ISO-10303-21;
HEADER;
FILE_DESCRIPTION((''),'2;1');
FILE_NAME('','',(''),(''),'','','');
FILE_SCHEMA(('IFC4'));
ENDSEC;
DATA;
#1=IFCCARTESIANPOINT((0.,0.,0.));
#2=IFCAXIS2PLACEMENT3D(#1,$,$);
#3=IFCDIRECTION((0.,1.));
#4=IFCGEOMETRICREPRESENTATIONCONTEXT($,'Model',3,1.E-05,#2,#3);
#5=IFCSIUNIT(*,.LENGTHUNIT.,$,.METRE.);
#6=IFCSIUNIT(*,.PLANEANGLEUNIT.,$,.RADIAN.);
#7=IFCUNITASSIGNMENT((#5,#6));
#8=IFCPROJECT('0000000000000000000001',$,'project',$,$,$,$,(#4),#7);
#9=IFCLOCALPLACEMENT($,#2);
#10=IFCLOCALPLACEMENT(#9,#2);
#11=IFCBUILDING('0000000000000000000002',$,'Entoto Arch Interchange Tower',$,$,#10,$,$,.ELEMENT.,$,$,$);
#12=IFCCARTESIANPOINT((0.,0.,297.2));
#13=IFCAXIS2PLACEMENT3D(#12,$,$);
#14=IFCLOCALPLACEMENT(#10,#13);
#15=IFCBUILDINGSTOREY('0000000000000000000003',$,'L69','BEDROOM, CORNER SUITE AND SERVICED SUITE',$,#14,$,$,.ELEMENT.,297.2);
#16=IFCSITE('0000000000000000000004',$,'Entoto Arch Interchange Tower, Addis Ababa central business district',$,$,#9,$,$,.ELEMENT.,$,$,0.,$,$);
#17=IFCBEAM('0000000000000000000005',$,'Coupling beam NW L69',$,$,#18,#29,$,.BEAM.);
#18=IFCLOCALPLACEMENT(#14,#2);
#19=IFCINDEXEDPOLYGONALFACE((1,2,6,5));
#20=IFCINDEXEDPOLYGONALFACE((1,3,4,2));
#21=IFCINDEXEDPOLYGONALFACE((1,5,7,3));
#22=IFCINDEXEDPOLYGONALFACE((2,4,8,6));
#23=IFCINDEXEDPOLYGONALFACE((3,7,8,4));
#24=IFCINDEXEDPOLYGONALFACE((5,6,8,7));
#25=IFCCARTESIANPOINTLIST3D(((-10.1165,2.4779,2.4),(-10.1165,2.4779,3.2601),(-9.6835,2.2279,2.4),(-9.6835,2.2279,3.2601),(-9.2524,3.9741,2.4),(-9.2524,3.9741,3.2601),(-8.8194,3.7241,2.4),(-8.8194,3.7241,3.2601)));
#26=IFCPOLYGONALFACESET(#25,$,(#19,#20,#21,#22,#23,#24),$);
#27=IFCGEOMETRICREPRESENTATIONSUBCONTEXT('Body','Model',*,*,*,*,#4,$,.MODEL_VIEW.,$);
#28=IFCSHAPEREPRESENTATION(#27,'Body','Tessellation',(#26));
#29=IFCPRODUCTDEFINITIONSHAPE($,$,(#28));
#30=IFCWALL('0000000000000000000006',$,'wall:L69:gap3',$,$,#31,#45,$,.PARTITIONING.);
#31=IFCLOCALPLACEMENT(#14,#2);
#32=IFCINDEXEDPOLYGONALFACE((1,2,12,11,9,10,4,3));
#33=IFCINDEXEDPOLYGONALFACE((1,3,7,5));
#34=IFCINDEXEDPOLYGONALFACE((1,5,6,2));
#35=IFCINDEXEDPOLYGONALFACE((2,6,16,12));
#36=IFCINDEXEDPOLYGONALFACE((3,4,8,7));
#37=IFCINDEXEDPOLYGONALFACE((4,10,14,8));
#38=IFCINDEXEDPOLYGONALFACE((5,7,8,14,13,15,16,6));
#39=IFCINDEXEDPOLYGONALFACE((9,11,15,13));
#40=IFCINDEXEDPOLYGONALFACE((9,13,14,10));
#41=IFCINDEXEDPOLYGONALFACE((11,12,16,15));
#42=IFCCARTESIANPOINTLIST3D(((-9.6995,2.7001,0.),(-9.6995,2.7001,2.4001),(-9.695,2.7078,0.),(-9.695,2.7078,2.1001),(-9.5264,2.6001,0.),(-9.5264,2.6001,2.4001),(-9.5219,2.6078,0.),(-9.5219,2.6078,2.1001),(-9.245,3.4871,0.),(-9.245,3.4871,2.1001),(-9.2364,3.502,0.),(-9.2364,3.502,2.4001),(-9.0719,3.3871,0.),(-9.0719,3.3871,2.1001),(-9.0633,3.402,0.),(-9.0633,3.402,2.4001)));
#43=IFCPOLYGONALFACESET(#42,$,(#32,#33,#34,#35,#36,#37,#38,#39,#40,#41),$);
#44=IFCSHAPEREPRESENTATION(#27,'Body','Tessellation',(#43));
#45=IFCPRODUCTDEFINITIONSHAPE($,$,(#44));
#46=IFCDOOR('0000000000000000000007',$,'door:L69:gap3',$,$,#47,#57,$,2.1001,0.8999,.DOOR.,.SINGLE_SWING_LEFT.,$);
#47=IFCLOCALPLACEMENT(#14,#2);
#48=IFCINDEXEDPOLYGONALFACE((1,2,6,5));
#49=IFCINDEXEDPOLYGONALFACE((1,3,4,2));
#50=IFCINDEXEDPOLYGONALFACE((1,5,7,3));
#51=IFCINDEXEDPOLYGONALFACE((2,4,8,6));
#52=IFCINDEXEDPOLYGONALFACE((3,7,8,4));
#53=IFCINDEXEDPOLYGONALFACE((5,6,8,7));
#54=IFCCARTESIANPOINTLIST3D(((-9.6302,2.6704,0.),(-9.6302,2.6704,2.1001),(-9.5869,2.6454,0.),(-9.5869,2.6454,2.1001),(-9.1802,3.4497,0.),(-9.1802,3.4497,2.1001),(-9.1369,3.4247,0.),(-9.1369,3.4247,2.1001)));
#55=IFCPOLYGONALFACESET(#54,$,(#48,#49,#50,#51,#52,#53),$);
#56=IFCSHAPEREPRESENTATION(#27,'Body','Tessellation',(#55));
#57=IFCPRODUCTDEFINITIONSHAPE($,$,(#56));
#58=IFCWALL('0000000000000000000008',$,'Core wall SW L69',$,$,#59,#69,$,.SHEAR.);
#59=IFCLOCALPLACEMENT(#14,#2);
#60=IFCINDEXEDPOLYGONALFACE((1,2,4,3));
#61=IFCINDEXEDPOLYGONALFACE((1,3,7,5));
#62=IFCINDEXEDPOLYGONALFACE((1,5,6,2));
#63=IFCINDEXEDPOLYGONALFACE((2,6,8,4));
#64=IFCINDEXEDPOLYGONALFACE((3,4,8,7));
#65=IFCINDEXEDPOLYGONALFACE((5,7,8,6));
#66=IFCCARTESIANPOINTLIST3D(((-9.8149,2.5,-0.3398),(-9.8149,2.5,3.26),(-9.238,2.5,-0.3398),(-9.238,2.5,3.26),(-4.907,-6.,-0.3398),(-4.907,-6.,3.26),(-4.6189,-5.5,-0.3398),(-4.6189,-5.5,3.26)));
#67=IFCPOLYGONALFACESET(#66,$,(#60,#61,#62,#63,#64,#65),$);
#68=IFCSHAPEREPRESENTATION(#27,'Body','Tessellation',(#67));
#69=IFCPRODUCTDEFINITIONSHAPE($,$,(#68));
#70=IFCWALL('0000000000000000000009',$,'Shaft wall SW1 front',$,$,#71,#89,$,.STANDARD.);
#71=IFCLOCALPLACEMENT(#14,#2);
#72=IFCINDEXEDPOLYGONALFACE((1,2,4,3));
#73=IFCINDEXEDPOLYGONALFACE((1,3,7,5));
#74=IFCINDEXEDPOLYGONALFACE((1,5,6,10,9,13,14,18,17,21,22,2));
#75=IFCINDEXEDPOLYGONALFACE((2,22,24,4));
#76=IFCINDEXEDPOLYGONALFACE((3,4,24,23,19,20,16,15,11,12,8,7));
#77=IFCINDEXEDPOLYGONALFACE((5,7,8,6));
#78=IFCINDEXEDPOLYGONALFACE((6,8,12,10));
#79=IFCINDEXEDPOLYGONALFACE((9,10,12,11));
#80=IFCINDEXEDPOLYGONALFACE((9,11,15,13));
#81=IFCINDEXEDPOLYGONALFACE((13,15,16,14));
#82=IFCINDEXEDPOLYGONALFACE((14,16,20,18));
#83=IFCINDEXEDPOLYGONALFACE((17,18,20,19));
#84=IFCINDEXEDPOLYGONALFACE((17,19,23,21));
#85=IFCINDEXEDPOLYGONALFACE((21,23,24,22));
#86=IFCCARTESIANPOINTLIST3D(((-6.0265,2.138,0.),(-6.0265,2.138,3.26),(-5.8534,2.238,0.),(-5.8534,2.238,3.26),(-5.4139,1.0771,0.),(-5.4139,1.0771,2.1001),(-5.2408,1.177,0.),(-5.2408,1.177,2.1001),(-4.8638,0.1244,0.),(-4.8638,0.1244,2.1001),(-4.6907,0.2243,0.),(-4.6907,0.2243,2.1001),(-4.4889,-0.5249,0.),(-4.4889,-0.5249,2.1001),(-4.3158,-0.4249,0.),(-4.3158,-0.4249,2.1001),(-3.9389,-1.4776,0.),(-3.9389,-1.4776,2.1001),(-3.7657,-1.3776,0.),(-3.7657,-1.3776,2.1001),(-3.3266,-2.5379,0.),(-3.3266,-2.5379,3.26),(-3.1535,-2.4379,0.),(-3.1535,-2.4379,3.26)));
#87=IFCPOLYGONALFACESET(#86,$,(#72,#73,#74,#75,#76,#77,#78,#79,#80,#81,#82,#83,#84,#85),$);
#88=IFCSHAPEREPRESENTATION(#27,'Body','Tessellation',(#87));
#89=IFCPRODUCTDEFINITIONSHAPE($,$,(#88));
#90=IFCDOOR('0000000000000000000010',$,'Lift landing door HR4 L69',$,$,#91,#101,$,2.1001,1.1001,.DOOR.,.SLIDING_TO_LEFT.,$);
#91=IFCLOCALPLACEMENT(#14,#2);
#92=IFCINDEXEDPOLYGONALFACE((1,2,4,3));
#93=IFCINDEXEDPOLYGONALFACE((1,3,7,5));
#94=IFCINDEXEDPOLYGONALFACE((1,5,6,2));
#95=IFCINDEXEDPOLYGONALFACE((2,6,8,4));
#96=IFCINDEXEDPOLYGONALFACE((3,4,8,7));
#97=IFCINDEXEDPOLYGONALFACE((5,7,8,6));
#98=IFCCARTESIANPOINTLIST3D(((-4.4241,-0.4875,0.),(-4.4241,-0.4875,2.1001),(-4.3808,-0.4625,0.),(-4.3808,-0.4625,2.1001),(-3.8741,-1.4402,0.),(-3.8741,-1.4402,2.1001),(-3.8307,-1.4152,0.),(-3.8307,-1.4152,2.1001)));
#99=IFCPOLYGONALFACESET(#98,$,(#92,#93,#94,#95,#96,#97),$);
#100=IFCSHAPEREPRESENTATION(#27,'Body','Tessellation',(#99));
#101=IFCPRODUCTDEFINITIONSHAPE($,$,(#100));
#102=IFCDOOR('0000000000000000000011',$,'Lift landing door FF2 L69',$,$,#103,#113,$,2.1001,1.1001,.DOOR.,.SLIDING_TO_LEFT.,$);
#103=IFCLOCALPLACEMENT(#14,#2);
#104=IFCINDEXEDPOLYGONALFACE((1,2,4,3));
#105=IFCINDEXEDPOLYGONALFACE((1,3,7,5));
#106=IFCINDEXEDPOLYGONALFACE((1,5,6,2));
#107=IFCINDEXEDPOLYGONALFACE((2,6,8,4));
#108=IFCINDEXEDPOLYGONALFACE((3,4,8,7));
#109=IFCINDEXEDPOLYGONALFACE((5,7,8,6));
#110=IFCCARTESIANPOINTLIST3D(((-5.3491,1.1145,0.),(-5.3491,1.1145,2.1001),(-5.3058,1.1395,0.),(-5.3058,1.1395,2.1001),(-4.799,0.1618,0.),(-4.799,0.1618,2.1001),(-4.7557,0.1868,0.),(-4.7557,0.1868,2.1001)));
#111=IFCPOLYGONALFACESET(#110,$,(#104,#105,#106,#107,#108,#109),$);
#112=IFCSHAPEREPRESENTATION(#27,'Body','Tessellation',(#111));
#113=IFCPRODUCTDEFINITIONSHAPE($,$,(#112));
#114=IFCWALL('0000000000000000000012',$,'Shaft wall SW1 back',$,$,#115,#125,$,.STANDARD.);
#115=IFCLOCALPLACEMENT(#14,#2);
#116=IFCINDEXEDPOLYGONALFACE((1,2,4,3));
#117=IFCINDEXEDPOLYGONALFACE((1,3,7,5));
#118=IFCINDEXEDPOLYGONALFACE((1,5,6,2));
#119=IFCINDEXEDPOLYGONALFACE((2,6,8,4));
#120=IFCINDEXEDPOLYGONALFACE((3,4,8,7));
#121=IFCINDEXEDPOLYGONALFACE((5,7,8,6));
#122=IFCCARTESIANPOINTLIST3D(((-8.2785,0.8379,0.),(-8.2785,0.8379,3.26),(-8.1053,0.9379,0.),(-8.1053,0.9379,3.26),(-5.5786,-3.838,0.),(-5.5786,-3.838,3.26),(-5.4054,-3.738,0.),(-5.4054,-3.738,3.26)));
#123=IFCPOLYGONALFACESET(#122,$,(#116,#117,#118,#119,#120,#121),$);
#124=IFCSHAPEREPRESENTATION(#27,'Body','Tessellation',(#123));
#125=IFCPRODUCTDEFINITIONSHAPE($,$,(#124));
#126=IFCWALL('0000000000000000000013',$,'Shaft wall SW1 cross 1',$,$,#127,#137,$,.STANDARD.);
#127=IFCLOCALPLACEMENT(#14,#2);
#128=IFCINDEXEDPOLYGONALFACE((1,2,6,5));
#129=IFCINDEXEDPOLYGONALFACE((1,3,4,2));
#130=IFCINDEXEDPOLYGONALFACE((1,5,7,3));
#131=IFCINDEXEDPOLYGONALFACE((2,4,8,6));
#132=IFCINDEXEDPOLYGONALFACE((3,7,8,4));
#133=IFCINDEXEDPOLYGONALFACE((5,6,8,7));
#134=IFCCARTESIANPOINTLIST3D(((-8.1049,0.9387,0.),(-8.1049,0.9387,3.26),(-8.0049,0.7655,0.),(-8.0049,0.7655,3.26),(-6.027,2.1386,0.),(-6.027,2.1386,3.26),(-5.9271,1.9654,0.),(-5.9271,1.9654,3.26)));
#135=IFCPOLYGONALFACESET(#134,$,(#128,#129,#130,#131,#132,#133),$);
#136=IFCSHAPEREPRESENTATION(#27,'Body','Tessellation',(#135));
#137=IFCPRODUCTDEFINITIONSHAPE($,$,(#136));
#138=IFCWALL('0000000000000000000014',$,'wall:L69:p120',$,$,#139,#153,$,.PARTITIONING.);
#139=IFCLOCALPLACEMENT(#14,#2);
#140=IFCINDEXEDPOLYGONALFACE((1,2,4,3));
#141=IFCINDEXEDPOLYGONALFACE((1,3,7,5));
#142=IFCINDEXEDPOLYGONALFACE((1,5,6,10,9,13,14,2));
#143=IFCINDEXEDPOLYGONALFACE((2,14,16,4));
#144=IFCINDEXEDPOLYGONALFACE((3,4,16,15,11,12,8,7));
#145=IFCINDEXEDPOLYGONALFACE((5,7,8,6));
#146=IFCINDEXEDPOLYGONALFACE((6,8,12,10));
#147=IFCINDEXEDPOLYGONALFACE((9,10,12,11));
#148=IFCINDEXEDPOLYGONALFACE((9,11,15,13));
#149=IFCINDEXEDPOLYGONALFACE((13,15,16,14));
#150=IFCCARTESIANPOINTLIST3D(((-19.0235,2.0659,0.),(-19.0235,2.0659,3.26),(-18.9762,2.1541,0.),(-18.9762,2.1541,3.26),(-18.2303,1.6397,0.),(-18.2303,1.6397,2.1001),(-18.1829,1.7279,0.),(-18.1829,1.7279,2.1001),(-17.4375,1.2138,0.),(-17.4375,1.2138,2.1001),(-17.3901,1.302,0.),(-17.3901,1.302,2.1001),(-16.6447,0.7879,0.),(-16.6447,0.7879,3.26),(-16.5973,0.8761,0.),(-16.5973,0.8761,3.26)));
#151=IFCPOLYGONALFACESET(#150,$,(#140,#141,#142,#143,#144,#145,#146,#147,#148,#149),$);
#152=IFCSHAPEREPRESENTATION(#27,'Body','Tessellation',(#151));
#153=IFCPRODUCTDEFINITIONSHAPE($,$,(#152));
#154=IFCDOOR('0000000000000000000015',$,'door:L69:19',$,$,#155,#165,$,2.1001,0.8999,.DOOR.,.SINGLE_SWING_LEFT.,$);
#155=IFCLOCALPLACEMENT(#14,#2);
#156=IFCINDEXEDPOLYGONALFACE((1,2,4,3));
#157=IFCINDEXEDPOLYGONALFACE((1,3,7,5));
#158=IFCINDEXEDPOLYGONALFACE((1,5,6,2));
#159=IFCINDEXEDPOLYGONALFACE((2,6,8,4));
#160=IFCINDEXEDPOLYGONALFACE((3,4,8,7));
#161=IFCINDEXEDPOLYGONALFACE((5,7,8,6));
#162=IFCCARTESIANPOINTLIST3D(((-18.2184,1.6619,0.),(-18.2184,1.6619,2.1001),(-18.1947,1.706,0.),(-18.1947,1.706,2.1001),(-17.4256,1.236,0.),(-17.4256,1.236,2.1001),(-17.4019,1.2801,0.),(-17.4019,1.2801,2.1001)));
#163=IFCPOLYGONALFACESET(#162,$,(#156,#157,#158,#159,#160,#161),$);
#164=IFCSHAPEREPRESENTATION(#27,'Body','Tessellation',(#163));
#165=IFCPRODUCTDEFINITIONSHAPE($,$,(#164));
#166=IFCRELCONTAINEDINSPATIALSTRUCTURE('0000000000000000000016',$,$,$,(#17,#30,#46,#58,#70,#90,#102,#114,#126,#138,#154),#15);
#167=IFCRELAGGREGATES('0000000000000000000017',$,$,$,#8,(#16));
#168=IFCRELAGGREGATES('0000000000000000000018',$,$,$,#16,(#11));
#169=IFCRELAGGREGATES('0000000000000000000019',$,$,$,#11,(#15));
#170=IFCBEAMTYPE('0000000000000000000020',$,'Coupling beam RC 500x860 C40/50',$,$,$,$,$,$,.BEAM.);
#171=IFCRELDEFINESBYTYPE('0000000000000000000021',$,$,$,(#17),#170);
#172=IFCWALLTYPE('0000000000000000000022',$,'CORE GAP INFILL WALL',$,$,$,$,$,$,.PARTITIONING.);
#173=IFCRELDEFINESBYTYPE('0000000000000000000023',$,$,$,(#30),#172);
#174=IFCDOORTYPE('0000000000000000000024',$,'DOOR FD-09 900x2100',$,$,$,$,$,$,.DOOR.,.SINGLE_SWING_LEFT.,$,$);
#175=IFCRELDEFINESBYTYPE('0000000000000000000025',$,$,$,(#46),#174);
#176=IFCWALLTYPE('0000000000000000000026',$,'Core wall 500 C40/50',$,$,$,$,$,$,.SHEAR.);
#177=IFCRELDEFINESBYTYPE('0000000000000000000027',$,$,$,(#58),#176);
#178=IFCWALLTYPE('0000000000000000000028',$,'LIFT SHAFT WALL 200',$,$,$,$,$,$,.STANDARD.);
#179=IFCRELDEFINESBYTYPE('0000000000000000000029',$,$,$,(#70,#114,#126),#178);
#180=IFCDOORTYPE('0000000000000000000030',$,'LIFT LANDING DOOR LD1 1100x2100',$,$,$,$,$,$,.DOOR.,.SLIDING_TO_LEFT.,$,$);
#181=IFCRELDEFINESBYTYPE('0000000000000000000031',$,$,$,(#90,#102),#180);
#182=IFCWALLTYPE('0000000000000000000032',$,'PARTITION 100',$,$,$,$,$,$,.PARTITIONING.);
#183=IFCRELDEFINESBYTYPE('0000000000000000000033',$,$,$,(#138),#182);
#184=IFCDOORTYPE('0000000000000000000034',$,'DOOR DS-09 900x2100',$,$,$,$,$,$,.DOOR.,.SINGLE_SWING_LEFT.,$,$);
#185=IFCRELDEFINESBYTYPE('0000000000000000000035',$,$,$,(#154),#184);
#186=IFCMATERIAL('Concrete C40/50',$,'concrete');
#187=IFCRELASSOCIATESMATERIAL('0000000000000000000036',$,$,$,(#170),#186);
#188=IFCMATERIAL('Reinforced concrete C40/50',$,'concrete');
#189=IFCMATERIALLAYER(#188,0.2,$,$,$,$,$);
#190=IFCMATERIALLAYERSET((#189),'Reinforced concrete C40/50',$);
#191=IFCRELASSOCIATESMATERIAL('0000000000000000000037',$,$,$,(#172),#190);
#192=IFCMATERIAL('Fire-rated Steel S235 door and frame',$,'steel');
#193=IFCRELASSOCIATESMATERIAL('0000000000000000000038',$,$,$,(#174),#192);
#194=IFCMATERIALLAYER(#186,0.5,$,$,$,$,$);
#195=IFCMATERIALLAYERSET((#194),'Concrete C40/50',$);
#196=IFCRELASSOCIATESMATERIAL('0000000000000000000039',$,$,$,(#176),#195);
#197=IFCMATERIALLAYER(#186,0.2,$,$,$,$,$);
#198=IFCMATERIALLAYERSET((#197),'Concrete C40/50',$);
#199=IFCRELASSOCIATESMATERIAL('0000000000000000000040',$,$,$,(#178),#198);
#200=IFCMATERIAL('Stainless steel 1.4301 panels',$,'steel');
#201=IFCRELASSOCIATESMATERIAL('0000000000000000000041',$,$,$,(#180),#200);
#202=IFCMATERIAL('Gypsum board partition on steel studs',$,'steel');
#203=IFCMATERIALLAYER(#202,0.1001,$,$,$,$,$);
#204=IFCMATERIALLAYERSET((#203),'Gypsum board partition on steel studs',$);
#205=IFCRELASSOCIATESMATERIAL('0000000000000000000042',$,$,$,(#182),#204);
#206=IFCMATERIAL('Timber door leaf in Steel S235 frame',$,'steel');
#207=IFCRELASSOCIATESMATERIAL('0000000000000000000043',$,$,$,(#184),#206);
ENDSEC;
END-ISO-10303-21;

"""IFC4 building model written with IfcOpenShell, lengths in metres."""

from ifc_helpers import new_model, si_unit, direction, frame, frame_2d, origin, origin_2d, place, context, subcontext, project, spatial, polyline, rectangle, outline, extrude, material, layer, layer_set, material_profile, profile_set, type_object, element, fill, save


model = new_model("IFC4")

# Units and contexts
model_context = context("Model", 3, precision=1e-05, world=origin(), true_north=direction((0.0, 1.0)))
body_context = subcontext(model_context, "Body", "Model", "MODEL_VIEW")
ifc_project = project(units=[si_unit("LENGTHUNIT", "METRE"), si_unit("PLANEANGLEUNIT", "RADIAN")], contexts=[model_context])

# Site, building, storey
site_placement = place(None, origin())
site = spatial("IfcSite", under=ifc_project, at=site_placement, Name="Entoto Arch Interchange Tower, Addis Ababa central business district", CompositionType="ELEMENT", RefElevation=0.0)
building_placement = place(site_placement, origin())
building = spatial("IfcBuilding", under=site, at=building_placement, Name="Entoto Arch Interchange Tower", CompositionType="ELEMENT")
storey_placement = place(building_placement, frame((0.0, 0.0, 297.2)))
storey = spatial("IfcBuildingStorey", under=building, at=storey_placement, Name="L69", Description="BEDROOM, CORNER SUITE AND SERVICED SUITE", CompositionType="ELEMENT", Elevation=297.2)

# Beam
ifc_material_1 = material(Name="Concrete C40/50", Category="concrete")
ifc_material_profile = material_profile(ifc_material_1, rectangle(XDim=0.5, YDim=0.8601, at=origin_2d()))
ifc_profile_set = profile_set([ifc_material_profile], Name="Concrete C40/50")
beam_type = type_object("IfcBeamType", Name="Coupling beam RC 500x860 C40/50", PredefinedType="BEAM", material=ifc_profile_set)
beam_placement = place(storey_placement, frame((-9.0359, 3.8491, 2.8301), z_axis=(-0.500106, -0.865964, 0.0), x_axis=(0.865964, -0.500106, 0.0)))
element("IfcBeam", 1, at=beam_placement, inside=storey, type_object=beam_type, Name="Coupling beam NW L69", PredefinedType="BEAM", context=body_context, shape_type="SweptSolid", body=[
    extrude(rectangle(XDim=0.5, YDim=0.8601, at=origin_2d()), origin(), (0.0, 0.0, 1.0), 1.7278),
])

# Wall, opening, door
ifc_material_2 = material(Name="Reinforced concrete C40/50", Category="concrete")
ifc_layer_1 = layer(ifc_material_2, 0.2)
ifc_layer_set_1 = layer_set([ifc_layer_1], Name="Reinforced concrete C40/50")
wall_type_1 = type_object("IfcWallType", Name="CORE GAP INFILL WALL", PredefinedType="PARTITIONING", material=ifc_layer_set_1)
wall_1_placement = place(storey_placement, frame((-9.1499, 3.4519, 0.0), z_axis=(0.0, 0.0, 1.0), x_axis=(-0.50008, -0.865979, 0.0)))
wall_1 = element("IfcWall", 2, at=wall_1_placement, inside=storey, type_object=wall_type_1, Name="wall:L69:gap3", PredefinedType="PARTITIONING", context=body_context, shape_type="SweptSolid", body=[
    extrude(rectangle(XDim=0.926, YDim=0.2, at=frame_2d((0.4629, 0.0))), origin(), (0.0, 0.0, 1.0), 2.4001),
])
opening_1_placement = place(wall_1_placement, frame((0.0171, 0.0, 0.0)))
opening_1 = element("IfcOpeningElement", 3, at=opening_1_placement, cuts=wall_1, PredefinedType="OPENING", context=body_context, shape_type="SweptSolid", body=[
    extrude(rectangle(XDim=0.8999, YDim=2.1001, at=frame_2d((0.45, 1.05))), frame((0.0, 0.1099, 0.0), z_axis=(0.0, -1.0, 0.0), x_axis=(1.0, 0.0, 0.0)), (0.0, 0.0, 1.0), 0.22),
])
ifc_material_3 = material(Name="Fire-rated Steel S235 door and frame", Category="steel")
door_type_1 = type_object("IfcDoorType", Name="DOOR FD-09 900x2100", OperationType="SINGLE_SWING_LEFT", PredefinedType="DOOR", material=ifc_material_3)
door_1_placement = place(opening_1_placement, origin())
door_1 = element("IfcDoor", 4, at=door_1_placement, inside=storey, type_object=door_type_1, Name="door:L69:gap3", OperationType="SINGLE_SWING_LEFT", OverallHeight=2.1001, OverallWidth=0.8999, PredefinedType="DOOR", context=body_context, shape_type="SweptSolid", body=[
    extrude(rectangle(XDim=0.8999, YDim=2.1001, at=frame_2d((0.45, 1.05))), frame((0.0, 0.0249, 0.0), z_axis=(0.0, -1.0, 0.0), x_axis=(1.0, 0.0, 0.0)), (0.0, 0.0, 1.0), 0.05),
])
fill(opening_1, door_1)

# Wall
ifc_layer_2 = layer(ifc_material_1, 0.5)
ifc_layer_set_2 = layer_set([ifc_layer_2], Name="Concrete C40/50")
wall_type_2 = type_object("IfcWallType", Name="Core wall 500 C40/50", PredefinedType="SHEAR", material=ifc_layer_set_2)
wall_2_placement = place(storey_placement, frame((0.0, 0.0, -0.3398)))
element("IfcWall", 5, at=wall_2_placement, inside=storey, type_object=wall_type_2, Name="Core wall SW L69", PredefinedType="SHEAR", context=body_context, shape_type="SweptSolid", body=[
    extrude(outline(polyline([(-9.8149, 2.5), (-4.907, -6.0), (-4.6189, -5.5), (-9.238, 2.5), (-9.8149, 2.5)])), origin(), (0.0, 0.0, 1.0), 3.5999),
])

# Wall, openings, doors
ifc_layer_3 = layer(ifc_material_1, 0.2)
ifc_layer_set_3 = layer_set([ifc_layer_3], Name="Concrete C40/50")
wall_type_3 = type_object("IfcWallType", Name="LIFT SHAFT WALL 200", PredefinedType="STANDARD", material=ifc_layer_set_3)
wall_3_placement = place(storey_placement, frame((-5.9399, 2.188, 0.0), z_axis=(0.0, 0.0, 1.0), x_axis=(0.500034, -0.866006, 0.0)))
wall_3 = element("IfcWall", 6, at=wall_3_placement, inside=storey, type_object=wall_type_3, Name="Shaft wall SW1 front", PredefinedType="STANDARD", context=body_context, shape_type="SweptSolid", body=[
    extrude(rectangle(XDim=5.3994, YDim=0.2, at=frame_2d((2.6997, 0.0))), origin(), (0.0, 0.0, 1.0), 3.26),
])
opening_2_placement = place(wall_3_placement, frame((3.075, 0.0, 0.0)))
opening_2 = element("IfcOpeningElement", 7, at=opening_2_placement, cuts=wall_3, PredefinedType="OPENING", context=body_context, shape_type="SweptSolid", body=[
    extrude(rectangle(XDim=1.1001, YDim=2.1001, at=frame_2d((0.55, 1.05))), frame((0.0, 0.1099, 0.0), z_axis=(0.0, -1.0, 0.0), x_axis=(1.0, 0.0, 0.0)), (0.0, 0.0, 1.0), 0.22),
])
opening_3_placement = place(wall_3_placement, frame((1.2251, 0.0, 0.0)))
opening_3 = element("IfcOpeningElement", 8, at=opening_3_placement, cuts=wall_3, PredefinedType="OPENING", context=body_context, shape_type="SweptSolid", body=[
    extrude(rectangle(XDim=1.1001, YDim=2.1001, at=frame_2d((0.55, 1.05))), frame((0.0, 0.1099, 0.0), z_axis=(0.0, -1.0, 0.0), x_axis=(1.0, 0.0, 0.0)), (0.0, 0.0, 1.0), 0.22),
])
ifc_material_4 = material(Name="Stainless steel 1.4301 panels", Category="steel")
door_type_2 = type_object("IfcDoorType", Name="LIFT LANDING DOOR LD1 1100x2100", OperationType="SLIDING_TO_LEFT", PredefinedType="DOOR", material=ifc_material_4)
door_2_placement = place(opening_2_placement, origin())
door_2 = element("IfcDoor", 9, at=door_2_placement, inside=storey, type_object=door_type_2, Name="Lift landing door HR4 L69", OperationType="SLIDING_TO_LEFT", OverallHeight=2.1001, OverallWidth=1.1001, PredefinedType="DOOR", context=body_context, shape_type="SweptSolid", body=[
    extrude(rectangle(XDim=1.1001, YDim=2.1001, at=frame_2d((0.55, 1.05))), frame((0.0, 0.0249, 0.0), z_axis=(0.0, -1.0, 0.0), x_axis=(1.0, 0.0, 0.0)), (0.0, 0.0, 1.0), 0.05),
])
fill(opening_2, door_2)
door_3_placement = place(opening_3_placement, origin())
door_3 = element("IfcDoor", 10, at=door_3_placement, inside=storey, type_object=door_type_2, Name="Lift landing door FF2 L69", OperationType="SLIDING_TO_LEFT", OverallHeight=2.1001, OverallWidth=1.1001, PredefinedType="DOOR", context=body_context, shape_type="SweptSolid", body=[
    extrude(rectangle(XDim=1.1001, YDim=2.1001, at=frame_2d((0.55, 1.05))), frame((0.0, 0.0249, 0.0), z_axis=(0.0, -1.0, 0.0), x_axis=(1.0, 0.0, 0.0)), (0.0, 0.0, 1.0), 0.05),
])
fill(opening_3, door_3)

# Walls
wall_4_placement = place(storey_placement, frame((-8.1919, 0.8879, 0.0), z_axis=(0.0, 0.0, 1.0), x_axis=(0.500034, -0.866006, 0.0)))
element("IfcWall", 11, at=wall_4_placement, inside=storey, type_object=wall_type_3, Name="Shaft wall SW1 back", PredefinedType="STANDARD", context=body_context, shape_type="SweptSolid", body=[
    extrude(rectangle(XDim=5.3994, YDim=0.2, at=frame_2d((2.6997, 0.0))), origin(), (0.0, 0.0, 1.0), 3.26),
])
wall_5_placement = place(storey_placement, frame((-5.9771, 2.052, 0.0), z_axis=(0.0, 0.0, 1.0), x_axis=(-0.865974, -0.500089, 0.0)))
element("IfcWall", 12, at=wall_5_placement, inside=storey, type_object=wall_type_3, Name="Shaft wall SW1 cross 1", PredefinedType="STANDARD", context=body_context, shape_type="SweptSolid", body=[
    extrude(rectangle(XDim=2.3994, YDim=0.2, at=frame_2d((1.1997, 0.0))), origin(), (0.0, 0.0, 1.0), 3.26),
])

# Wall, opening, door
ifc_material_5 = material(Name="Gypsum board partition on steel studs", Category="steel")
ifc_layer_4 = layer(ifc_material_5, 0.1001)
ifc_layer_set_4 = layer_set([ifc_layer_4], Name="Gypsum board partition on steel studs")
wall_type_4 = type_object("IfcWallType", Name="PARTITION 100", PredefinedType="PARTITIONING", material=ifc_layer_set_4)
wall_6_placement = place(storey_placement, frame((-16.6211, 0.832, 0.0), z_axis=(0.0, 0.0, 1.0), x_axis=(-0.880915, 0.473275, 0.0)))
wall_6 = element("IfcWall", 13, at=wall_6_placement, inside=storey, type_object=wall_type_4, Name="wall:L69:p120", PredefinedType="PARTITIONING", context=body_context, shape_type="SweptSolid", body=[
    extrude(rectangle(XDim=2.7004, YDim=0.1001, at=frame_2d((1.3501, 0.0))), origin(), (0.0, 0.0, 1.0), 3.26),
])
opening_4_placement = place(wall_6_placement, frame((0.8999, 0.0, 0.0)))
opening_4 = element("IfcOpeningElement", 14, at=opening_4_placement, cuts=wall_6, PredefinedType="OPENING", context=body_context, shape_type="SweptSolid", body=[
    extrude(rectangle(XDim=0.8999, YDim=2.1001, at=frame_2d((0.45, 1.05))), frame((0.0, 0.0601, 0.0), z_axis=(0.0, -1.0, 0.0), x_axis=(1.0, 0.0, 0.0)), (0.0, 0.0, 1.0), 0.1201),
])
ifc_material_6 = material(Name="Timber door leaf in Steel S235 frame", Category="steel")
door_type_3 = type_object("IfcDoorType", Name="DOOR DS-09 900x2100", OperationType="SINGLE_SWING_LEFT", PredefinedType="DOOR", material=ifc_material_6)
door_4_placement = place(opening_4_placement, origin())
door_4 = element("IfcDoor", 15, at=door_4_placement, inside=storey, type_object=door_type_3, Name="door:L69:19", OperationType="SINGLE_SWING_LEFT", OverallHeight=2.1001, OverallWidth=0.8999, PredefinedType="DOOR", context=body_context, shape_type="SweptSolid", body=[
    extrude(rectangle(XDim=0.8999, YDim=2.1001, at=frame_2d((0.45, 1.05))), frame((0.0, 0.0249, 0.0), z_axis=(0.0, -1.0, 0.0), x_axis=(1.0, 0.0, 0.0)), (0.0, 0.0, 1.0), 0.05),
])
fill(opening_4, door_4)

save(model, "model.ifc")
